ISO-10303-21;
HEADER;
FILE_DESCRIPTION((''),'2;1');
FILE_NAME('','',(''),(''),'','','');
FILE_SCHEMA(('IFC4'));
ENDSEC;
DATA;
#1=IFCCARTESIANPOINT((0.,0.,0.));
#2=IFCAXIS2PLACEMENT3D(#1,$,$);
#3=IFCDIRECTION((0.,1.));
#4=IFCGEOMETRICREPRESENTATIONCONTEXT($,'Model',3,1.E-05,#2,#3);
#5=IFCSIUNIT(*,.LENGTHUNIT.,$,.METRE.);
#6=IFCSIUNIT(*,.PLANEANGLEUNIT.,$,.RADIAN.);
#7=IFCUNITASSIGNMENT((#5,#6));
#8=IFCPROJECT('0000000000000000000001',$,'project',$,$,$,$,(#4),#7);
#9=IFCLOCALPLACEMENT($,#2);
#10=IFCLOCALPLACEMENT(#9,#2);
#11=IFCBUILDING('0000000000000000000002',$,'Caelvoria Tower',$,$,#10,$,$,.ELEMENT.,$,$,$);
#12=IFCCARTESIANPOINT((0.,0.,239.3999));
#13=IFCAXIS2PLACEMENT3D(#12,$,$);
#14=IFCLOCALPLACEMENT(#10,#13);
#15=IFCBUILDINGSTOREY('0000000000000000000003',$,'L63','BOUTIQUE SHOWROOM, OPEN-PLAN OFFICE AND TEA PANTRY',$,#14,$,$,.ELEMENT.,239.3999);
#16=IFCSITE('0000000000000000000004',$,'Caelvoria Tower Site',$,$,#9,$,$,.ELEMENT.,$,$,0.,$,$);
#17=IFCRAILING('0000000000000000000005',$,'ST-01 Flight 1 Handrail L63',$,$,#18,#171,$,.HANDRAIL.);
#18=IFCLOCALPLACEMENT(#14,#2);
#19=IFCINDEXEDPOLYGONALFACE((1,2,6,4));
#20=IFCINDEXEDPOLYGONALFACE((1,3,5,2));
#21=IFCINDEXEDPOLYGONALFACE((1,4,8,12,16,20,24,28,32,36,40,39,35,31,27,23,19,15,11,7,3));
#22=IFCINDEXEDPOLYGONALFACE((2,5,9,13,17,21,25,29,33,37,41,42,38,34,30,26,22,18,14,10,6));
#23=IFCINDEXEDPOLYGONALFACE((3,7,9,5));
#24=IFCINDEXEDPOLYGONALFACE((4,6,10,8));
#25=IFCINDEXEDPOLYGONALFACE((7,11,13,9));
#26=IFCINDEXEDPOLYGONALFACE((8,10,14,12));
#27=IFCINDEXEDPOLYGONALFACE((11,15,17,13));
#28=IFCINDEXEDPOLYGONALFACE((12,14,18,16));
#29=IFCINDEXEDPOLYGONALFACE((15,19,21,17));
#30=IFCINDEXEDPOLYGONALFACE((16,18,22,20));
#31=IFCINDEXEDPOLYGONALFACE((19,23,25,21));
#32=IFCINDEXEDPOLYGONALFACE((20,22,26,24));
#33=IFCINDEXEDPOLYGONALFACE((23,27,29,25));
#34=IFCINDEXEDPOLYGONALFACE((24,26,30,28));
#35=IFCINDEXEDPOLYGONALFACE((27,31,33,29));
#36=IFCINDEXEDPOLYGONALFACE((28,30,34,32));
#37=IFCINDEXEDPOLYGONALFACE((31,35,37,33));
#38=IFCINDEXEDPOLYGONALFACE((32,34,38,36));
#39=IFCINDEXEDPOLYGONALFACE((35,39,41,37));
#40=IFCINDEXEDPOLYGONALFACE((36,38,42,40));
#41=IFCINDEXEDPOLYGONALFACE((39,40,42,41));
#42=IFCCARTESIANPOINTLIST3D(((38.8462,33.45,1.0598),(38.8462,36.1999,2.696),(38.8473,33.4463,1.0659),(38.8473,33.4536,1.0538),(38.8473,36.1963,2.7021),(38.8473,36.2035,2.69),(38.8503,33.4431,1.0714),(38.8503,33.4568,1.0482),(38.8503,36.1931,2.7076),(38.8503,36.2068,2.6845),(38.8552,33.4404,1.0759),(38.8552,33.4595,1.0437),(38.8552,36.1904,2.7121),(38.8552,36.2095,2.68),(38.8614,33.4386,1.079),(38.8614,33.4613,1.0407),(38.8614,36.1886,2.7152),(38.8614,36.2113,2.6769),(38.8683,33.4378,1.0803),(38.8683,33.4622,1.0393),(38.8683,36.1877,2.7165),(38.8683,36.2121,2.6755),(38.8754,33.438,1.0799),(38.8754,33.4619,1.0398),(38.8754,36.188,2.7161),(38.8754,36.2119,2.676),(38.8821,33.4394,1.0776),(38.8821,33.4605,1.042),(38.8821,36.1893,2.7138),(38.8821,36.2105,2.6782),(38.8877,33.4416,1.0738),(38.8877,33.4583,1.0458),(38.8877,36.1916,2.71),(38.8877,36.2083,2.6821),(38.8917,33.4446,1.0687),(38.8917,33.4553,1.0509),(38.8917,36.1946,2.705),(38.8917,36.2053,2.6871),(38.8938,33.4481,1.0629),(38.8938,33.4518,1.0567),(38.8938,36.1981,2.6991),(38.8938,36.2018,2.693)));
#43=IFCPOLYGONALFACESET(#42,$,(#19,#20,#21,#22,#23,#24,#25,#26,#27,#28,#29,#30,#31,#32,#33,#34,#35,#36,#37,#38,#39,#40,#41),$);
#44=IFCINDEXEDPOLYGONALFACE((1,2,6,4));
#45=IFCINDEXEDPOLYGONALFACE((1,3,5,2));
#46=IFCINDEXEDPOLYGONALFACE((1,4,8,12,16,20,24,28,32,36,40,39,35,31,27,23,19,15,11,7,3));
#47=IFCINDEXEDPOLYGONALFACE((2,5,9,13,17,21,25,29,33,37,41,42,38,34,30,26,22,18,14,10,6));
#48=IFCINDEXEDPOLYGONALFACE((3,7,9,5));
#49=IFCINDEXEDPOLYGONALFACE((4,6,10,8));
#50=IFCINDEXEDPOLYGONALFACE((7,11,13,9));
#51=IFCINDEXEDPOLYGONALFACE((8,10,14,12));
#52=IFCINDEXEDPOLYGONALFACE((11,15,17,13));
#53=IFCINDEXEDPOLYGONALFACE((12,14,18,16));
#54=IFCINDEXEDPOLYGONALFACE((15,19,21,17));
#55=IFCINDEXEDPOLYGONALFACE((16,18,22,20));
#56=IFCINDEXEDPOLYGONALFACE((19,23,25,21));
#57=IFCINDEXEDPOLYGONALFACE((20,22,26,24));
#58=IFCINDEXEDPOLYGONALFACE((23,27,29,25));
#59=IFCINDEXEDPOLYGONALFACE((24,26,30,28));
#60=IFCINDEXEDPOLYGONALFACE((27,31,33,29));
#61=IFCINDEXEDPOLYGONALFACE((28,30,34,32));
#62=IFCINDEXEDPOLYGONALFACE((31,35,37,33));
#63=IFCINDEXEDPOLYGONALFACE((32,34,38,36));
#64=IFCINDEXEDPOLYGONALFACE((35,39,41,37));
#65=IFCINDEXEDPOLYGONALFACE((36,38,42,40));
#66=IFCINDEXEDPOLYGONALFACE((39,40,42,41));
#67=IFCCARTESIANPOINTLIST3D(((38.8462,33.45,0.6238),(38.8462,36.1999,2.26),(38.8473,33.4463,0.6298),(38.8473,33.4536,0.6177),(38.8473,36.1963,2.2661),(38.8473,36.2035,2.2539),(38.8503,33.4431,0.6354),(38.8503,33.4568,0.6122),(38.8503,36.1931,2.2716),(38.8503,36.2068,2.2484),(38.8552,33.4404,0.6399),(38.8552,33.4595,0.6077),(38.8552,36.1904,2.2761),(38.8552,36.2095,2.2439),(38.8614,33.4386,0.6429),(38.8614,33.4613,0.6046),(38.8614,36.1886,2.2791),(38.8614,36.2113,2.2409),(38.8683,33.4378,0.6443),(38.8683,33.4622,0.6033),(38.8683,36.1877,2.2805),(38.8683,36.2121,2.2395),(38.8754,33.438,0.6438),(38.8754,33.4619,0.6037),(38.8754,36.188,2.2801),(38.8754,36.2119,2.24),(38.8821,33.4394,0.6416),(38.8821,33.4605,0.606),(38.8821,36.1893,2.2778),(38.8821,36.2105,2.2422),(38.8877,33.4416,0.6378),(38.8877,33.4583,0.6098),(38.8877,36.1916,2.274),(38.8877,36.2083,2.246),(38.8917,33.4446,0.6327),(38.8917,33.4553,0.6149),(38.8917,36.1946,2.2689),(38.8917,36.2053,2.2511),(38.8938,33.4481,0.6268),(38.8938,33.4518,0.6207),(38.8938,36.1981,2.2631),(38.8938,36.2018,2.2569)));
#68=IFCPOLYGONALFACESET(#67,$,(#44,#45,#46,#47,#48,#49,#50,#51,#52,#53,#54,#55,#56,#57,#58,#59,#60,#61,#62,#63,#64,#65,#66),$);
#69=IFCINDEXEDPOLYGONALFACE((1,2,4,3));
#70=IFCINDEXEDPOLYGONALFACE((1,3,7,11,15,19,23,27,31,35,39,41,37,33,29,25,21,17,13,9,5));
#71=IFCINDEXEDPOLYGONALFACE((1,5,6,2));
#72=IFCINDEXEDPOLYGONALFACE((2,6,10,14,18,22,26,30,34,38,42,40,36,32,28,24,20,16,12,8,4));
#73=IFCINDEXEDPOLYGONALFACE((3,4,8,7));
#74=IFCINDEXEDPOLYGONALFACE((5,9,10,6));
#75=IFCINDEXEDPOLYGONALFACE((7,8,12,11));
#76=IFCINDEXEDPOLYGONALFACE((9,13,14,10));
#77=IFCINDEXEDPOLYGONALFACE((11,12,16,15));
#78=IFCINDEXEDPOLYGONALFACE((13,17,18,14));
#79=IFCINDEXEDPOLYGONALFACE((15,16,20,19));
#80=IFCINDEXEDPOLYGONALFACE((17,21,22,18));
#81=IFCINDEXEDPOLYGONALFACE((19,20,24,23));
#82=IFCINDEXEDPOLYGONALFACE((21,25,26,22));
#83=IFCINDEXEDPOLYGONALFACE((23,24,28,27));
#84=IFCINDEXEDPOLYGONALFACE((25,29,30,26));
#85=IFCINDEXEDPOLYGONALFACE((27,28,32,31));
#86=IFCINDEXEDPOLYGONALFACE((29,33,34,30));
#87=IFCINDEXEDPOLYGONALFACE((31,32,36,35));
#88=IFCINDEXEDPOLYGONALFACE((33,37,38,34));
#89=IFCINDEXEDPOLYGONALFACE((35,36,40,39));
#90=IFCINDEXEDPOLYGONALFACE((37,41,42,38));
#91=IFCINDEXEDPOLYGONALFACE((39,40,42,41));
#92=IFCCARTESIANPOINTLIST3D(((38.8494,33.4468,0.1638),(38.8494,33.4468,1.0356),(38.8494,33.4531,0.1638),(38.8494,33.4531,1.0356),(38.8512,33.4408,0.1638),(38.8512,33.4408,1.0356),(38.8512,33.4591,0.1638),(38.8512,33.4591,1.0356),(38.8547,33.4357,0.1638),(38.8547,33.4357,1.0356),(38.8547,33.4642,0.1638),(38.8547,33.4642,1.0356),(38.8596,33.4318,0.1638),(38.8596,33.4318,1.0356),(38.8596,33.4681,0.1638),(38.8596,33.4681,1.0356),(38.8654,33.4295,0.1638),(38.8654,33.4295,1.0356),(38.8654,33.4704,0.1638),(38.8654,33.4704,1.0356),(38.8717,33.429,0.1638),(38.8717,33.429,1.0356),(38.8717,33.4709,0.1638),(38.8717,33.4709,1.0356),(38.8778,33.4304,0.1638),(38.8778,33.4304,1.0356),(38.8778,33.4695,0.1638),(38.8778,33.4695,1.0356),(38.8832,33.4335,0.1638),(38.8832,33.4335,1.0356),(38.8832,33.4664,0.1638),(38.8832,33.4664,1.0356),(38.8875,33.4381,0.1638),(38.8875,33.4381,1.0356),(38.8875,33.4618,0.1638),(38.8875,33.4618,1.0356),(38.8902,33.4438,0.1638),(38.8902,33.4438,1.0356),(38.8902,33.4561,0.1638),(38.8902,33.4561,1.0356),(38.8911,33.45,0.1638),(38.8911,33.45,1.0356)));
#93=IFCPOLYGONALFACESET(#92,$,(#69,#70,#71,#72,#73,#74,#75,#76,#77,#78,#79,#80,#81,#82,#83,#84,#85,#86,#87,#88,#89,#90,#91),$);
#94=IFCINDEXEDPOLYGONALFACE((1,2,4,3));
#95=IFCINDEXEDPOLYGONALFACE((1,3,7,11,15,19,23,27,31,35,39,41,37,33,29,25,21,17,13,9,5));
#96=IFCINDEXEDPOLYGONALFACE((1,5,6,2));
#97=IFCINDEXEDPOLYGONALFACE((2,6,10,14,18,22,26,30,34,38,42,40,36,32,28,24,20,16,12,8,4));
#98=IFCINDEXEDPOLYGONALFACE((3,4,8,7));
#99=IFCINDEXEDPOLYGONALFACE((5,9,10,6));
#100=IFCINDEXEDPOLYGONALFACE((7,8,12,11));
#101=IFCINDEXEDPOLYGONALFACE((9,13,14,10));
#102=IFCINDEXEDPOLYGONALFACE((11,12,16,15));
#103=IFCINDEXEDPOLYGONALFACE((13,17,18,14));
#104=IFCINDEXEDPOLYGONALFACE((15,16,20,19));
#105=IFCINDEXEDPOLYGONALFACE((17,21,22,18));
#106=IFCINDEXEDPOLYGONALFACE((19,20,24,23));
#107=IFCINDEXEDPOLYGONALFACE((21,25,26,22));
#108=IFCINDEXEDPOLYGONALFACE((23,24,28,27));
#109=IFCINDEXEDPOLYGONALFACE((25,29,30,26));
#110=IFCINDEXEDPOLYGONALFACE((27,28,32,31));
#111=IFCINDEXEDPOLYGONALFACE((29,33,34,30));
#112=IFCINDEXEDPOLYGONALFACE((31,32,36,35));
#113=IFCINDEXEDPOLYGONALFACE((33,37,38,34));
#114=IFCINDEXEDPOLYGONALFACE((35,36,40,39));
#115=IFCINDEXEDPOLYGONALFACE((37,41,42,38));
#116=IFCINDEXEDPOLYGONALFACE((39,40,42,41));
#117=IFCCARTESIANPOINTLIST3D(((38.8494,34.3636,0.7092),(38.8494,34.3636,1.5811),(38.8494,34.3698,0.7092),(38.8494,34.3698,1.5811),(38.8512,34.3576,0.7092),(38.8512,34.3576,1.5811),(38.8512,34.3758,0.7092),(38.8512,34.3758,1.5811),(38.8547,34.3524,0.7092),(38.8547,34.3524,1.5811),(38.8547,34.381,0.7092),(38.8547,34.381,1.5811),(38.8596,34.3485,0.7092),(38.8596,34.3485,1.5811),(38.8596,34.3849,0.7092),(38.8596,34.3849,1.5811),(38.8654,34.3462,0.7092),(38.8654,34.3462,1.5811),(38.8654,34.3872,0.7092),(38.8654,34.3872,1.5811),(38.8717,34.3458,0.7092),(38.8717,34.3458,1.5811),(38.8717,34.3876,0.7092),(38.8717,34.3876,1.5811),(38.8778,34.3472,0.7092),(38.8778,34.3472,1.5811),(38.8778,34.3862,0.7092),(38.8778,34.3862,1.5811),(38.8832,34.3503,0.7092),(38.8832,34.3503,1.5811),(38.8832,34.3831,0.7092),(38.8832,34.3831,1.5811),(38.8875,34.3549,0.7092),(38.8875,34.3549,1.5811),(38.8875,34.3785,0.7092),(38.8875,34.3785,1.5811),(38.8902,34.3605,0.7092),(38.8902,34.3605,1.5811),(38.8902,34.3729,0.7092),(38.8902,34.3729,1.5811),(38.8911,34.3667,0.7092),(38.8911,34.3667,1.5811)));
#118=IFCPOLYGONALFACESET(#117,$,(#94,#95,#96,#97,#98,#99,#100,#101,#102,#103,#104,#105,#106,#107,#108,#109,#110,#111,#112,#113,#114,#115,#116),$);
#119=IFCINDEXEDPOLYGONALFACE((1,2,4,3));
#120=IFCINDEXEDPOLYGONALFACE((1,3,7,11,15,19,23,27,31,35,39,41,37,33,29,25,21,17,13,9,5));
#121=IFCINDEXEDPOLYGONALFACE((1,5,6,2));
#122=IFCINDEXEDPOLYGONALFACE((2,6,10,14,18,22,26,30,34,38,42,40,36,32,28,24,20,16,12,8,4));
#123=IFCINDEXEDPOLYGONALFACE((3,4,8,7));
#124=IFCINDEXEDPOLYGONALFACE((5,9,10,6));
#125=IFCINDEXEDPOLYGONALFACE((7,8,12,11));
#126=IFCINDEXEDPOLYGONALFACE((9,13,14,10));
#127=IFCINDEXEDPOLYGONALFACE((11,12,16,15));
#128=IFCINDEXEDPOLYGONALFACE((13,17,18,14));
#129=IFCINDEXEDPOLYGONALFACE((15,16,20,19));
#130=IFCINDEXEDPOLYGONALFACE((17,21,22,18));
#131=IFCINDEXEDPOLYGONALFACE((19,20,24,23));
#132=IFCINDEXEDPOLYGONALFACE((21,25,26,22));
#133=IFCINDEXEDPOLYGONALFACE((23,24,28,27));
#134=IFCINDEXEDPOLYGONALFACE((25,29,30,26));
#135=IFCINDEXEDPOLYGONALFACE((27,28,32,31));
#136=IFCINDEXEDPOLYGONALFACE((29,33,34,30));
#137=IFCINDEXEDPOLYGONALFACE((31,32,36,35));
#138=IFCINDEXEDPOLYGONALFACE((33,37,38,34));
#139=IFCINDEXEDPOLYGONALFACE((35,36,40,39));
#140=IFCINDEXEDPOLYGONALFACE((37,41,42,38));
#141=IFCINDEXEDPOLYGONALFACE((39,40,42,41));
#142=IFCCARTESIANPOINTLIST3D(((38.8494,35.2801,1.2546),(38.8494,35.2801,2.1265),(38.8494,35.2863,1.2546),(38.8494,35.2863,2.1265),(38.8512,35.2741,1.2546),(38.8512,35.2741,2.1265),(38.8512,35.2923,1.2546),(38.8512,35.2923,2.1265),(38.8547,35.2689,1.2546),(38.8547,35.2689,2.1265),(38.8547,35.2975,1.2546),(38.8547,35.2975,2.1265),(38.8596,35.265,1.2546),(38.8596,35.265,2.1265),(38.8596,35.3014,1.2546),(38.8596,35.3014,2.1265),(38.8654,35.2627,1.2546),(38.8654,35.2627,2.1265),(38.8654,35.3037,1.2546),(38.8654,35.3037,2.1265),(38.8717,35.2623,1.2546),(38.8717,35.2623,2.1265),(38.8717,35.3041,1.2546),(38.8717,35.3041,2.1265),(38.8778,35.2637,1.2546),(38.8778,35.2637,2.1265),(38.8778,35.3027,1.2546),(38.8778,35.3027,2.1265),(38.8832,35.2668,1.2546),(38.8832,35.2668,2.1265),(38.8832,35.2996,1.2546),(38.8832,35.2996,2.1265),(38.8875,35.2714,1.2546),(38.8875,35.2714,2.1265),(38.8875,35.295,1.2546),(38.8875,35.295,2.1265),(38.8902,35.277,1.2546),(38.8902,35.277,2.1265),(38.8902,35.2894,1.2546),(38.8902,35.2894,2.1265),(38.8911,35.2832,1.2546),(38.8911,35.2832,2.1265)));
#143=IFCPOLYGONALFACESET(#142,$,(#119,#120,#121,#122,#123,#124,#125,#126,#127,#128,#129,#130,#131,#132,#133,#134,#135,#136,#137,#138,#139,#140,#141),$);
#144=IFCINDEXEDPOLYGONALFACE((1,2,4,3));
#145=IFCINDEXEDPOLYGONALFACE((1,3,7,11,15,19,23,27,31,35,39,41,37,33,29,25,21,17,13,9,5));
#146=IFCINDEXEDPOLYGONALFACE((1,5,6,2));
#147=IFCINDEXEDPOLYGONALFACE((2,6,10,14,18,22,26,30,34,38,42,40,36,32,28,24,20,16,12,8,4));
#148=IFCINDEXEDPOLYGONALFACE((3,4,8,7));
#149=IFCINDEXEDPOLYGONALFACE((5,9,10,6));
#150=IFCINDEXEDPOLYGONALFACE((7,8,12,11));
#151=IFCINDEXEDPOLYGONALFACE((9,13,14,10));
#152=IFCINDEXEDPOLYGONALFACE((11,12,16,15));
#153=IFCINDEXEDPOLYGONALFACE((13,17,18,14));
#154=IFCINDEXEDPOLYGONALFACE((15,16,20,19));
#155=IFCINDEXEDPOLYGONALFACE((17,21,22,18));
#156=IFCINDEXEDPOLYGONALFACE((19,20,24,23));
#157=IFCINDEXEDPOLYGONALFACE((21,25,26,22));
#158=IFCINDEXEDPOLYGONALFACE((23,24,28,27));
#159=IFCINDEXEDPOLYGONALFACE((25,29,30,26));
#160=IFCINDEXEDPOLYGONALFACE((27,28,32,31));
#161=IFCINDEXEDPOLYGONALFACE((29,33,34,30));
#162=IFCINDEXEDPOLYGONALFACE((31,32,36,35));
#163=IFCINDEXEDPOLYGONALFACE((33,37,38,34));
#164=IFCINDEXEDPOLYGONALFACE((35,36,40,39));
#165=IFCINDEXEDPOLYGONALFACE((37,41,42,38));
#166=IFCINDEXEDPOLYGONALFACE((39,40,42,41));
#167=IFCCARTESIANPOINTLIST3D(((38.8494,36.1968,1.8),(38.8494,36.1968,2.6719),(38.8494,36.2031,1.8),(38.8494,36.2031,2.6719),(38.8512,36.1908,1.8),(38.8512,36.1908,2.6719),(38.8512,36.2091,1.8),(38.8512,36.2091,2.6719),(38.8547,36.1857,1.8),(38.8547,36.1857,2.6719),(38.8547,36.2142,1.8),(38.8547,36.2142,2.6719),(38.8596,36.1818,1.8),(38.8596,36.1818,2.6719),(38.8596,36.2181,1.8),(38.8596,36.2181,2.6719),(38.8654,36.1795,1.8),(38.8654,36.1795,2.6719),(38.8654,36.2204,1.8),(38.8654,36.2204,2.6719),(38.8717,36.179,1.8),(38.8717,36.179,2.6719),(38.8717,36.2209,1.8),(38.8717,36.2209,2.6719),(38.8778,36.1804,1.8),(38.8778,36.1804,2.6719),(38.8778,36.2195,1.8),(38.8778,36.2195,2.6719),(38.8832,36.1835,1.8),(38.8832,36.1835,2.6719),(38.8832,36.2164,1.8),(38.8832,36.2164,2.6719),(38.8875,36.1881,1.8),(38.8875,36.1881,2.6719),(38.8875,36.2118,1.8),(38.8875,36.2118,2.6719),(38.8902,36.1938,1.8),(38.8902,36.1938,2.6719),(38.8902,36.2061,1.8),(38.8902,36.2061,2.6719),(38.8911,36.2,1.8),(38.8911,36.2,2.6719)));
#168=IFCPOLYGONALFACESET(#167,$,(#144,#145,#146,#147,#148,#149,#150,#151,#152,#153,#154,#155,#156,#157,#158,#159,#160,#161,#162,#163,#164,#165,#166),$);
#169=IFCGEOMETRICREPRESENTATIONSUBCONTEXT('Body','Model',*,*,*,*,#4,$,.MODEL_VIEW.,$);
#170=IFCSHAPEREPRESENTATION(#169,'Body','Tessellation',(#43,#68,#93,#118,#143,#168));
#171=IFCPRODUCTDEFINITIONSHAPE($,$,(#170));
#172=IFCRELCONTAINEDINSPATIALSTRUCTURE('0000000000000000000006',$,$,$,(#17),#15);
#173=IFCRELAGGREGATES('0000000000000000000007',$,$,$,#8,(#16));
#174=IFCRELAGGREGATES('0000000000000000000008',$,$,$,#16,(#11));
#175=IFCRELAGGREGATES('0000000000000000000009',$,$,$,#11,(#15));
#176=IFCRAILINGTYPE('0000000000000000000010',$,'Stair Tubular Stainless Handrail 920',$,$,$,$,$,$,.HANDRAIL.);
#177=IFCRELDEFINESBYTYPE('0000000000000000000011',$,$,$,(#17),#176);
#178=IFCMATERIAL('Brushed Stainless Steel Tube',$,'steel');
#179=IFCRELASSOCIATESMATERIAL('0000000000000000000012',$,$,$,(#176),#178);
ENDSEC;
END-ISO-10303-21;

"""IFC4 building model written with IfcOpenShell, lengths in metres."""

from ifc_helpers import new_model, si_unit, direction, frame, origin, origin_2d, place, context, subcontext, project, spatial, circle, extrude, material, type_object, element, save


model = new_model("IFC4")

# Units and contexts
model_context = context("Model", 3, precision=1e-05, world=origin(), true_north=direction((0.0, 1.0)))
body_context = subcontext(model_context, "Body", "Model", "MODEL_VIEW")
ifc_project = project(units=[si_unit("LENGTHUNIT", "METRE"), si_unit("PLANEANGLEUNIT", "RADIAN")], contexts=[model_context])

# Site, building, storey
site_placement = place(None, origin())
site = spatial("IfcSite", under=ifc_project, at=site_placement, Name="Caelvoria Tower Site", CompositionType="ELEMENT", RefElevation=0.0)
building_placement = place(site_placement, origin())
building = spatial("IfcBuilding", under=site, at=building_placement, Name="Caelvoria Tower", CompositionType="ELEMENT")
storey_placement = place(building_placement, frame((0.0, 0.0, 239.3999)))
storey = spatial("IfcBuildingStorey", under=building, at=storey_placement, Name="L63", Description="BOUTIQUE SHOWROOM, OPEN-PLAN OFFICE AND TEA PANTRY", CompositionType="ELEMENT", Elevation=239.3999)

# Railing
ifc_material_1 = material(Name="Brushed Stainless Steel Tube", Category="steel")
railing_type_1 = type_object("IfcRailingType", Name="Stair Tubular Stainless Handrail 920", PredefinedType="HANDRAIL", material=ifc_material_1)
railing_1_placement = place(storey_placement, frame((38.8701, 33.45, 0.1638)))
element("IfcRailing", 1, at=railing_1_placement, inside=storey, type_object=railing_type_1, Name="ST-01 Flight 1 Handrail L63", PredefinedType="HANDRAIL", context=body_context, shape_type="SweptSolid", body=[
    extrude(circle(Radius=0.0239, at=origin_2d()), frame((0.0, 0.0, 0.896), z_axis=(0.0, 0.859385, 0.511328), x_axis=(-1.0, 0.0, 0.0)), (0.0, 0.0, 1.0), 3.2),
    extrude(circle(Radius=0.0239, at=origin_2d()), frame((0.0, 0.0, 0.46), z_axis=(0.0, 0.859385, 0.511328), x_axis=(-1.0, 0.0, 0.0)), (0.0, 0.0, 1.0), 3.2),
    extrude(circle(Radius=0.021, at=origin_2d()), origin(), (0.0, 0.0, 1.0), 0.8718),
    extrude(circle(Radius=0.021, at=origin_2d()), frame((0.0, 0.9167, 0.5454)), (0.0, 0.0, 1.0), 0.8718),
    extrude(circle(Radius=0.021, at=origin_2d()), frame((0.0, 1.8333, 1.0908)), (0.0, 0.0, 1.0), 0.8718),
    extrude(circle(Radius=0.021, at=origin_2d()), frame((0.0, 2.75, 1.6362)), (0.0, 0.0, 1.0), 0.8718),
])

save(model, "model.ifc")
